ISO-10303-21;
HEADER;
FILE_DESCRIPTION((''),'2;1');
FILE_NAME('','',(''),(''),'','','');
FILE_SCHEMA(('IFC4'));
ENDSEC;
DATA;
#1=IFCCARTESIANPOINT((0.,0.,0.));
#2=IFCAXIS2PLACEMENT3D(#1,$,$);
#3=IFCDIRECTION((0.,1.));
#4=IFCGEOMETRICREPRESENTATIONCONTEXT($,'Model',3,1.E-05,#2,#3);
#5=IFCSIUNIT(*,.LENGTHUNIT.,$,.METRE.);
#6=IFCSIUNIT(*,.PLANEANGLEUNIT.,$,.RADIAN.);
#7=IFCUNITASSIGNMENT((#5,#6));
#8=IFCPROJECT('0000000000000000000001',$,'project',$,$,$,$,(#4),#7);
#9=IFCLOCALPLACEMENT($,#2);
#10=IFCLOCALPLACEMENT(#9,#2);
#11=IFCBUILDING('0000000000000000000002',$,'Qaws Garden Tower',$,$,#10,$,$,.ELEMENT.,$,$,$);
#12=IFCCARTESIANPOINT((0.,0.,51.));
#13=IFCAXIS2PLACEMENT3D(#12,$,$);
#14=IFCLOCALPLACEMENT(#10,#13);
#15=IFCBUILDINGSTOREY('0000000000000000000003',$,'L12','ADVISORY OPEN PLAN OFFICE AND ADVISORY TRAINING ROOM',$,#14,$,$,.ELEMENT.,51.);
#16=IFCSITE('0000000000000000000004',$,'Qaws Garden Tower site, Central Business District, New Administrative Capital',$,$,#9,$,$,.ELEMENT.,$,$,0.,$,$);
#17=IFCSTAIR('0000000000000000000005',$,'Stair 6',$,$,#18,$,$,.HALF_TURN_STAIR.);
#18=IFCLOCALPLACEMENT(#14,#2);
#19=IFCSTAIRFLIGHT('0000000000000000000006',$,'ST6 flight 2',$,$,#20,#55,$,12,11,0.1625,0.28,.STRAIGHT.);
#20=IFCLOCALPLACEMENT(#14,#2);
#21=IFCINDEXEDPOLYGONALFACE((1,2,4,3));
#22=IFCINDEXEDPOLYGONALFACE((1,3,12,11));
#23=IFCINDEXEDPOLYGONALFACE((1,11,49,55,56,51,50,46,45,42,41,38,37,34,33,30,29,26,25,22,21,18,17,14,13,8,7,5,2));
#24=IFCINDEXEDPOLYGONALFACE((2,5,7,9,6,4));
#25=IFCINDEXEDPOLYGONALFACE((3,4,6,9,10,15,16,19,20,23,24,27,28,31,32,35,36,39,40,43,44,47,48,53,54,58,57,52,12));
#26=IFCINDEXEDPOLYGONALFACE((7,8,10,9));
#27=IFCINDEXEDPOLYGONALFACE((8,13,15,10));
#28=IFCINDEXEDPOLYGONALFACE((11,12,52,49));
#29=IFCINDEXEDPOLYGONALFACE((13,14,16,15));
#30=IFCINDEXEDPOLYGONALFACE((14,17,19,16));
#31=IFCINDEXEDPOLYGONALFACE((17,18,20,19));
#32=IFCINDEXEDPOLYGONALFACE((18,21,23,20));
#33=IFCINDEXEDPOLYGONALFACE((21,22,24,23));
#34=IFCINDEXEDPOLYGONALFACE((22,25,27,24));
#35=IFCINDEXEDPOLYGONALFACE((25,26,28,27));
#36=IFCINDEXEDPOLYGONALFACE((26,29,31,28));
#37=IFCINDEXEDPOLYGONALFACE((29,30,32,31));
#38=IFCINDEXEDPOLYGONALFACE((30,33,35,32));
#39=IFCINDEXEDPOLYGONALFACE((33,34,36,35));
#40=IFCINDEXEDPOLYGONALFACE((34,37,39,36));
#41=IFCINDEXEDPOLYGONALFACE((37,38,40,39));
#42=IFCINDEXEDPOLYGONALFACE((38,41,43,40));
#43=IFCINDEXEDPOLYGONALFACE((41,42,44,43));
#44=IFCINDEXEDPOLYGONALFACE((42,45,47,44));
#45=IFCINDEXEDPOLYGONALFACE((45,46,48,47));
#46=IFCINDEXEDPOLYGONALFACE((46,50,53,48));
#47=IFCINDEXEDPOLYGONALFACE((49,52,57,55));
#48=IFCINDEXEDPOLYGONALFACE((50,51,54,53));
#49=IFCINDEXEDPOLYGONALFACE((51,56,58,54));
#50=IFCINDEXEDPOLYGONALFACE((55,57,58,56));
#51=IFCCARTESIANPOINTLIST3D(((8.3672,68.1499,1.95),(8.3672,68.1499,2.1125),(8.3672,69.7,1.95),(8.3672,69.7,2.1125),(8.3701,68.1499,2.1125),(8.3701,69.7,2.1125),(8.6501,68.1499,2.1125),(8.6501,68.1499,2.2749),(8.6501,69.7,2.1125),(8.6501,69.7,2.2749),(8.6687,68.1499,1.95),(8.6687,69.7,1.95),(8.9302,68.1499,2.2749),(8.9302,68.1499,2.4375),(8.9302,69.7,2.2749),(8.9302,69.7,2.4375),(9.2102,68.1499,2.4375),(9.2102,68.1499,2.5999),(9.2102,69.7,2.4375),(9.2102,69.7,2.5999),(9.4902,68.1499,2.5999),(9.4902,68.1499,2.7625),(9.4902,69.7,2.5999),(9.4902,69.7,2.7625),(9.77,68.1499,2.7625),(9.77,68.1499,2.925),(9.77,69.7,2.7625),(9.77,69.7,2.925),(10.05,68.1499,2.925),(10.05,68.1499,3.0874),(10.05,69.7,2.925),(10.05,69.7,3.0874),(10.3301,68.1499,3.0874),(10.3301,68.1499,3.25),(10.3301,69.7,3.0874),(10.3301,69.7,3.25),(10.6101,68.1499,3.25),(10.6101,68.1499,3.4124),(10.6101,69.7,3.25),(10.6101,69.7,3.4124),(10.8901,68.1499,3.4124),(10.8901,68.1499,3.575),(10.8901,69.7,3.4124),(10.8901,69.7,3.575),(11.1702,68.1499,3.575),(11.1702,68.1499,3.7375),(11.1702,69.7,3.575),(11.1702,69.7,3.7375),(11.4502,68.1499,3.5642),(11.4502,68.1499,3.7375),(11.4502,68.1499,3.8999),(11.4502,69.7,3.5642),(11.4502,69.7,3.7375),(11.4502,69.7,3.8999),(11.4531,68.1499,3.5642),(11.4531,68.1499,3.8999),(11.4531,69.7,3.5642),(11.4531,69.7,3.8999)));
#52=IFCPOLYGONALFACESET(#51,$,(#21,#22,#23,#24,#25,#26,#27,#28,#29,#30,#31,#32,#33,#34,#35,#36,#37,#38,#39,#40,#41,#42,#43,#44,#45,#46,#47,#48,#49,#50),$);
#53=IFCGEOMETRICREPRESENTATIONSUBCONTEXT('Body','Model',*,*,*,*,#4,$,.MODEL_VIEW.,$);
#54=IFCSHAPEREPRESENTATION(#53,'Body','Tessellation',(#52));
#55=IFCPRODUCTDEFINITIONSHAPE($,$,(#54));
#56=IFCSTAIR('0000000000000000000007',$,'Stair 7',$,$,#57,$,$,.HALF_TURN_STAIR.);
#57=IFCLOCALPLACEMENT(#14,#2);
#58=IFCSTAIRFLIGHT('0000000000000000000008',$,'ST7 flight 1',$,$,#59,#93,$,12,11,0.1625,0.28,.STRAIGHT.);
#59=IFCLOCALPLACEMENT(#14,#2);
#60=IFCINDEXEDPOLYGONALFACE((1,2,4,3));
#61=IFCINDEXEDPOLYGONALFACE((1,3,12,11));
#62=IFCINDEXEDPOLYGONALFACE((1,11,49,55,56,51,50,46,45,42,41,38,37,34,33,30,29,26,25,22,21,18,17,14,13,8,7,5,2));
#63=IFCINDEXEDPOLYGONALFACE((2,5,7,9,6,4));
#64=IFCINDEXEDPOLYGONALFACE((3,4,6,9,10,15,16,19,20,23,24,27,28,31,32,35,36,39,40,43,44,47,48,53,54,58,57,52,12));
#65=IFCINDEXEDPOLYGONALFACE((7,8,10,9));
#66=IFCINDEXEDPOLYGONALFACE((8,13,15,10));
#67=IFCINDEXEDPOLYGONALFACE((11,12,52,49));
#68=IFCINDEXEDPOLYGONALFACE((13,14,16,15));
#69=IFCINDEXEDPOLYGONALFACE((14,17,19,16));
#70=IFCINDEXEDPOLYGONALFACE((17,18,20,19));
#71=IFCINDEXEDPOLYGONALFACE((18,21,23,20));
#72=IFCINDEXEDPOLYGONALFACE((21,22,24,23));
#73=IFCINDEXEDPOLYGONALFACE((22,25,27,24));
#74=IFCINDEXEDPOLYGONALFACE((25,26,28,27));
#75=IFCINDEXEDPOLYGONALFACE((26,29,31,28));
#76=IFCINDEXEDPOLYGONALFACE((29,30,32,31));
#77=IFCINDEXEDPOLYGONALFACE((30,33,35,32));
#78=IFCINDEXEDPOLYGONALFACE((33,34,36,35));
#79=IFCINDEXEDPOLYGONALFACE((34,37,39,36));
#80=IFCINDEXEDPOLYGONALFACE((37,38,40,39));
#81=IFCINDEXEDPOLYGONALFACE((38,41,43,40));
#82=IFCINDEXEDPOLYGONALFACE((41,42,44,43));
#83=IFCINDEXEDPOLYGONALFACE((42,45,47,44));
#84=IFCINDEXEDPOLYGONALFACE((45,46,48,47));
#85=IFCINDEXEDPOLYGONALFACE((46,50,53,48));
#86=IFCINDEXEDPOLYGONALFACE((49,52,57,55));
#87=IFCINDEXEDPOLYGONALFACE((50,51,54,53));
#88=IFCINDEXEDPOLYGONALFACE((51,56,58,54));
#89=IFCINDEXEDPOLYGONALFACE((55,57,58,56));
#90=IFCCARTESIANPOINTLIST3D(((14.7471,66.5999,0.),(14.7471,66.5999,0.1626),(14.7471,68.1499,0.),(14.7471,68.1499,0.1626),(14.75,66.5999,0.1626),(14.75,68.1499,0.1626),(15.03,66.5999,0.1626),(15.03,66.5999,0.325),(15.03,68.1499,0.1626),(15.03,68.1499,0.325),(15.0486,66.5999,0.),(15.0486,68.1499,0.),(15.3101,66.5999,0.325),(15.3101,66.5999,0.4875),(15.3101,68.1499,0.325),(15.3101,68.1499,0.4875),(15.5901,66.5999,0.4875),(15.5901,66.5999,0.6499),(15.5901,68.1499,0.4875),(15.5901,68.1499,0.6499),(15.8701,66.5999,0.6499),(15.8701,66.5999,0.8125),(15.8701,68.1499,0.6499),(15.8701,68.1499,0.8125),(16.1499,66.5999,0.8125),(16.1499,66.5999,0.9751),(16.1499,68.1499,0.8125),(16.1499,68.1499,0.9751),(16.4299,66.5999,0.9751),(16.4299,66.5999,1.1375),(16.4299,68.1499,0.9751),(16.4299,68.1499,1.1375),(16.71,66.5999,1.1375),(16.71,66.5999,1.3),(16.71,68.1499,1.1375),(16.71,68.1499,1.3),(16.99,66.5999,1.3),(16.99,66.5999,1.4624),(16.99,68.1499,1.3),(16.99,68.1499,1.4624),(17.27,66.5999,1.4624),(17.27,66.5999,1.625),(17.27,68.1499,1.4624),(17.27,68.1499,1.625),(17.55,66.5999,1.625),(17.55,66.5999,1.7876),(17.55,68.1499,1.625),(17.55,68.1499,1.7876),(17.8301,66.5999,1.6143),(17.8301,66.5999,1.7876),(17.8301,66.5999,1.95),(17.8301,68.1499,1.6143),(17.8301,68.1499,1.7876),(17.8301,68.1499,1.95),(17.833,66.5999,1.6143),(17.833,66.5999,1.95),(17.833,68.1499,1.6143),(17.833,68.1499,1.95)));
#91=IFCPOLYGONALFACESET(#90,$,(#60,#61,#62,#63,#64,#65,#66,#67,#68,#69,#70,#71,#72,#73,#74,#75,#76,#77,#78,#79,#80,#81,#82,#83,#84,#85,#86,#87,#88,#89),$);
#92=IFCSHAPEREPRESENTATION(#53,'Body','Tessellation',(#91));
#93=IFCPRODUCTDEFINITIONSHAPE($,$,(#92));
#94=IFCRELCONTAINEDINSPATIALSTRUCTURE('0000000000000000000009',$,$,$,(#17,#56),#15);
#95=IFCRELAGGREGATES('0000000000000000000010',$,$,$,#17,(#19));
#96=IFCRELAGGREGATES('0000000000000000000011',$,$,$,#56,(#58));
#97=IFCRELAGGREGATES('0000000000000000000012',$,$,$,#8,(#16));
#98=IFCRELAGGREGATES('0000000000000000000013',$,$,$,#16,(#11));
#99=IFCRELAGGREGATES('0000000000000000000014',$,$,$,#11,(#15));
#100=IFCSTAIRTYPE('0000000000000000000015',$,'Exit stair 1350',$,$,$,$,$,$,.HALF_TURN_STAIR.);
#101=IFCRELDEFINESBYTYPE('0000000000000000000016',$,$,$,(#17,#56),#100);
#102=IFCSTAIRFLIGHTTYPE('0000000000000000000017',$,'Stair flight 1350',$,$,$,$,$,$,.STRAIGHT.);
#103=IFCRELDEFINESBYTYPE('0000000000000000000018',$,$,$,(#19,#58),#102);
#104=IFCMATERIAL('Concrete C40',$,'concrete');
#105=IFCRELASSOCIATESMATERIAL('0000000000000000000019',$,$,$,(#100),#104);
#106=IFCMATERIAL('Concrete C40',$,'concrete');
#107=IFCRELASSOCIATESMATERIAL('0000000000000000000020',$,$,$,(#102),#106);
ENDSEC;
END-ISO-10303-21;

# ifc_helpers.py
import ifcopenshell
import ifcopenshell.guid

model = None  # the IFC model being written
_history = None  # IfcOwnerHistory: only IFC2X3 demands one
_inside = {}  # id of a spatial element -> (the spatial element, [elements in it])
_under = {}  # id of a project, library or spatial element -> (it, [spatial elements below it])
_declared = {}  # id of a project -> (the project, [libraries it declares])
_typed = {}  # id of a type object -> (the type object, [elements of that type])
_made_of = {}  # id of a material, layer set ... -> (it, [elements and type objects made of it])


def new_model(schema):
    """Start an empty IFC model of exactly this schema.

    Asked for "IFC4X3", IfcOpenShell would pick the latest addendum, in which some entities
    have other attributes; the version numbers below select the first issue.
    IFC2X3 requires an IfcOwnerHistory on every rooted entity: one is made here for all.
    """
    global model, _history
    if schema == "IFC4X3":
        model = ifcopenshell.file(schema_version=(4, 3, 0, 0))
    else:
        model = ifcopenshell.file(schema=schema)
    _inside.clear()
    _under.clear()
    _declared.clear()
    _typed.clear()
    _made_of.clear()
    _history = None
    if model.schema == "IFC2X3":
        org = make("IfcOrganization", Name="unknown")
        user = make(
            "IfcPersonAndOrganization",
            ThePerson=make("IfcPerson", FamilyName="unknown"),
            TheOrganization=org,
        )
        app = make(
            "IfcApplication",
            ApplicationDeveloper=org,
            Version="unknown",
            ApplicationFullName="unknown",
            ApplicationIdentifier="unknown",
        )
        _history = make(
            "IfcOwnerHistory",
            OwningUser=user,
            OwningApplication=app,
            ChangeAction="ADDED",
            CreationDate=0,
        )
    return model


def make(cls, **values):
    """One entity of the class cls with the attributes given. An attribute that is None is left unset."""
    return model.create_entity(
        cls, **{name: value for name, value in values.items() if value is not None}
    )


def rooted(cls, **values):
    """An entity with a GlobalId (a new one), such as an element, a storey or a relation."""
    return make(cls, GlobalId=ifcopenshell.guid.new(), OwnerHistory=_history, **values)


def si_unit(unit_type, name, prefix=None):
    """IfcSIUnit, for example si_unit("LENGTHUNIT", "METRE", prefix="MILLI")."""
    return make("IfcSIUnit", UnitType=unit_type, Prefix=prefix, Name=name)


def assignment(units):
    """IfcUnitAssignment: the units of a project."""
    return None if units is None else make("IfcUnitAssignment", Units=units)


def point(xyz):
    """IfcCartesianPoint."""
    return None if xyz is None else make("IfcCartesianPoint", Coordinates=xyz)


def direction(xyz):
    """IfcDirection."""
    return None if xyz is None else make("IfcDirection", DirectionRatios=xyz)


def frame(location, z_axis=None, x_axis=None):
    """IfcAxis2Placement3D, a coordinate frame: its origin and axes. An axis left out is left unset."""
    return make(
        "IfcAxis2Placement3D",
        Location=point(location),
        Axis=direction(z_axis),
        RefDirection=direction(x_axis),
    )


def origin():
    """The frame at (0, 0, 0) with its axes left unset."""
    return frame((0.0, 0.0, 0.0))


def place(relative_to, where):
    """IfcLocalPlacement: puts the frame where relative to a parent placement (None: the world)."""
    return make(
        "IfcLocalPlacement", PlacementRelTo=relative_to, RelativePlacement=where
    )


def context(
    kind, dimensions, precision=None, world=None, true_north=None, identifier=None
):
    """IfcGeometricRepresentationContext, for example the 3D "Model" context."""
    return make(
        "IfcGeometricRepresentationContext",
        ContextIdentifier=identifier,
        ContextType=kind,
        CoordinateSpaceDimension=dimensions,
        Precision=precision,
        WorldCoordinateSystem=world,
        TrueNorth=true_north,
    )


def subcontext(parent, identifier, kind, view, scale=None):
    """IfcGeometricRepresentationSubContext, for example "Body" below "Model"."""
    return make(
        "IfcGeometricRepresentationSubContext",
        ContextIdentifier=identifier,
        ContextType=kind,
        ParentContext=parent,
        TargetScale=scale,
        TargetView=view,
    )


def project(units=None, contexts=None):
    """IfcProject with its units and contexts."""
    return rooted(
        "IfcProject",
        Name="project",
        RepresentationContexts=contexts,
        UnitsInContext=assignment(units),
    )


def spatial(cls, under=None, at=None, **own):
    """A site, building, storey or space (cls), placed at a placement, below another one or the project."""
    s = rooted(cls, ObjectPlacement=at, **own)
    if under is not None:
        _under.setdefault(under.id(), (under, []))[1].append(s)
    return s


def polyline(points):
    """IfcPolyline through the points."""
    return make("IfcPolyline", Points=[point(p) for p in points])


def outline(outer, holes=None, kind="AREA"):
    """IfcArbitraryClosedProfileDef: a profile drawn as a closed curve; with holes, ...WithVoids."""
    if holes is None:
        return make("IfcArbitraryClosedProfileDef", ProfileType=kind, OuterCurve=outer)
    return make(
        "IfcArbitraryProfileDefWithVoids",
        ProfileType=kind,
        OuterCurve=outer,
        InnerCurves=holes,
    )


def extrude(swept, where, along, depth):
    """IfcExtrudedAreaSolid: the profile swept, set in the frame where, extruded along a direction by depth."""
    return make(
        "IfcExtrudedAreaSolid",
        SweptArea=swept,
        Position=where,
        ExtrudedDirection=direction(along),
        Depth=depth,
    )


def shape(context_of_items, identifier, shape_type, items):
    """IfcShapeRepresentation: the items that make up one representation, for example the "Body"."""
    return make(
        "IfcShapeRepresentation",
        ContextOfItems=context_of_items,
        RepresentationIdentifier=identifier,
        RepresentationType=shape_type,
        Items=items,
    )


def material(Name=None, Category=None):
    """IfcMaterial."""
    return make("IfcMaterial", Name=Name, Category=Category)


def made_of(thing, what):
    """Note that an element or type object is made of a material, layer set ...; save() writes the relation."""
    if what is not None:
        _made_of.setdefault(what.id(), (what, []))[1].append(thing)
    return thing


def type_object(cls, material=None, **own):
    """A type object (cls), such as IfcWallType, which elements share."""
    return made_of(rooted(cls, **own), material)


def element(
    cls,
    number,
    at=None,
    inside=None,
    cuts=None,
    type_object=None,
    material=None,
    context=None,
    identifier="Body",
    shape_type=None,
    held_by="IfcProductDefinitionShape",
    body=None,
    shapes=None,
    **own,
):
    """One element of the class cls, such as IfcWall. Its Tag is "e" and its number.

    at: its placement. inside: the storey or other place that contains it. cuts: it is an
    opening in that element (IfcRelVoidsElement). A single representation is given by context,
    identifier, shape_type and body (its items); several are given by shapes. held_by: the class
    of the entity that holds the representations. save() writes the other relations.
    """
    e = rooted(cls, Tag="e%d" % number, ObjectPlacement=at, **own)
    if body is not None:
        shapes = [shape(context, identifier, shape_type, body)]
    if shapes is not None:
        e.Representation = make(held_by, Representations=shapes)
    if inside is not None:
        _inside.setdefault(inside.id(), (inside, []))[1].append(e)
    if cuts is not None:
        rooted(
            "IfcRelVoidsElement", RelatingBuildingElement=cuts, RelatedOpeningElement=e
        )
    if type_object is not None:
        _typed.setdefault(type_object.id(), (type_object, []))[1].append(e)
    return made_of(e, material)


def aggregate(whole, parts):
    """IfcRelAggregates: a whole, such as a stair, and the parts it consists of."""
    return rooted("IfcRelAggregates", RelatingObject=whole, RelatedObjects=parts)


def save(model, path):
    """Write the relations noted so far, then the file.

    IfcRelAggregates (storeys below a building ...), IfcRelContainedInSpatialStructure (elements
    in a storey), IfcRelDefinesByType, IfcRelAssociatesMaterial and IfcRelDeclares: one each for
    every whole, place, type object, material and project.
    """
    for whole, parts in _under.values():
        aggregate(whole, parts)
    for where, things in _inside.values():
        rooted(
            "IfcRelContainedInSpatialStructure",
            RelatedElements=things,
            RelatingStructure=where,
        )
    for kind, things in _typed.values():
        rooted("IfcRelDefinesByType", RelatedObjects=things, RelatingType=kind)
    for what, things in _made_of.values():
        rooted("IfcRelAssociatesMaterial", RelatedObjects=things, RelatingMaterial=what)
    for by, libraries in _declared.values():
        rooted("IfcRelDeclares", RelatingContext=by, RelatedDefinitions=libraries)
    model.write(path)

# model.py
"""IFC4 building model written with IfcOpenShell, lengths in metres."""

from ifc_helpers import new_model, si_unit, direction, frame, origin, place, context, subcontext, project, spatial, polyline, outline, extrude, material, type_object, element, aggregate, save


model = new_model("IFC4")

# Units and contexts
model_context = context("Model", 3, precision=1e-05, world=origin(), true_north=direction((0.0, 1.0)))
body_context = subcontext(model_context, "Body", "Model", "MODEL_VIEW")
ifc_project = project(units=[si_unit("LENGTHUNIT", "METRE"), si_unit("PLANEANGLEUNIT", "RADIAN")], contexts=[model_context])

# Site, building, storey
site_placement = place(None, origin())
site = spatial("IfcSite", under=ifc_project, at=site_placement, Name="Qaws Garden Tower site, Central Business District, New Administrative Capital", CompositionType="ELEMENT", RefElevation=0.0)
building_placement = place(site_placement, origin())
building = spatial("IfcBuilding", under=site, at=building_placement, Name="Qaws Garden Tower", CompositionType="ELEMENT")
storey_placement = place(building_placement, frame((0.0, 0.0, 51.0)))
storey = spatial("IfcBuildingStorey", under=building, at=storey_placement, Name="L12", Description="ADVISORY OPEN PLAN OFFICE AND ADVISORY TRAINING ROOM", CompositionType="ELEMENT", Elevation=51.0)

# Stair, stair flight
ifc_material_1 = material(Name="Concrete C40", Category="concrete")
stair_type = type_object("IfcStairType", Name="Exit stair 1350", PredefinedType="HALF_TURN_STAIR", material=ifc_material_1)
placement = place(storey_placement, origin())
stair_1 = element("IfcStair", 1, at=placement, inside=storey, type_object=stair_type, Name="Stair 6", PredefinedType="HALF_TURN_STAIR")
ifc_material_2 = material(Name="Concrete C40", Category="concrete")
stair_flight_type = type_object("IfcStairFlightType", Name="Stair flight 1350", PredefinedType="STRAIGHT", material=ifc_material_2)
stair_flight_1_placement = place(storey_placement, frame((8.3701, 68.925, 1.95), z_axis=(0.0, 0.0, 1.0), x_axis=(1.0, 0.0, 0.0)))
stair_flight_1 = element("IfcStairFlight", 2, at=stair_flight_1_placement, type_object=stair_flight_type, Name="ST6 flight 2", NumberOfRisers=12, NumberOfTreads=11, PredefinedType="STRAIGHT", RiserHeight=0.1625, TreadLength=0.28, context=body_context, shape_type="SweptSolid", body=[
    extrude(outline(polyline([(-0.0029, 0.0), (-0.0029, 0.1626), (0.0, 0.1626), (0.28, 0.1626), (0.28, 0.325), (0.5601, 0.325), (0.5601, 0.4875), (0.8401, 0.4875), (0.8401, 0.6499), (1.1201, 0.6499), (1.1201, 0.8125), (1.3999, 0.8125), (1.3999, 0.9751), (1.6799, 0.9751), (1.6799, 1.1375), (1.96, 1.1375), (1.96, 1.3), (2.24, 1.3), (2.24, 1.4624), (2.52, 1.4624), (2.52, 1.625), (2.8, 1.625), (2.8, 1.7876), (3.0801, 1.7876), (3.0801, 1.95), (3.083, 1.95), (3.083, 1.6143), (3.0801, 1.6143), (0.2986, 0.0), (-0.0029, 0.0)])), frame((0.0, 0.7749, 0.0), z_axis=(0.0, -1.0, 0.0), x_axis=(1.0, 0.0, 0.0)), (0.0, 0.0, 1.0), 1.55),
])
aggregate(stair_1, [stair_flight_1])

# Stair, stair flight
stair_2 = element("IfcStair", 3, at=placement, inside=storey, type_object=stair_type, Name="Stair 7", PredefinedType="HALF_TURN_STAIR")
stair_flight_2_placement = place(storey_placement, frame((14.75, 67.375, 0.0), z_axis=(0.0, 0.0, 1.0), x_axis=(1.0, 0.0, 0.0)))
stair_flight_2 = element("IfcStairFlight", 4, at=stair_flight_2_placement, type_object=stair_flight_type, Name="ST7 flight 1", NumberOfRisers=12, NumberOfTreads=11, PredefinedType="STRAIGHT", RiserHeight=0.1625, TreadLength=0.28, context=body_context, shape_type="SweptSolid", body=[
    extrude(outline(polyline([(-0.0029, 0.0), (-0.0029, 0.1626), (0.0, 0.1626), (0.28, 0.1626), (0.28, 0.325), (0.5601, 0.325), (0.5601, 0.4875), (0.8401, 0.4875), (0.8401, 0.6499), (1.1201, 0.6499), (1.1201, 0.8125), (1.3999, 0.8125), (1.3999, 0.9751), (1.6799, 0.9751), (1.6799, 1.1375), (1.96, 1.1375), (1.96, 1.3), (2.24, 1.3), (2.24, 1.4624), (2.52, 1.4624), (2.52, 1.625), (2.8, 1.625), (2.8, 1.7876), (3.0801, 1.7876), (3.0801, 1.95), (3.083, 1.95), (3.083, 1.6143), (3.0801, 1.6143), (0.2986, 0.0), (-0.0029, 0.0)])), frame((0.0, 0.7749, 0.0), z_axis=(0.0, -1.0, 0.0), x_axis=(1.0, 0.0, 0.0)), (0.0, 0.0, 1.0), 1.55),
])
aggregate(stair_2, [stair_flight_2])

save(model, "model.ifc")
